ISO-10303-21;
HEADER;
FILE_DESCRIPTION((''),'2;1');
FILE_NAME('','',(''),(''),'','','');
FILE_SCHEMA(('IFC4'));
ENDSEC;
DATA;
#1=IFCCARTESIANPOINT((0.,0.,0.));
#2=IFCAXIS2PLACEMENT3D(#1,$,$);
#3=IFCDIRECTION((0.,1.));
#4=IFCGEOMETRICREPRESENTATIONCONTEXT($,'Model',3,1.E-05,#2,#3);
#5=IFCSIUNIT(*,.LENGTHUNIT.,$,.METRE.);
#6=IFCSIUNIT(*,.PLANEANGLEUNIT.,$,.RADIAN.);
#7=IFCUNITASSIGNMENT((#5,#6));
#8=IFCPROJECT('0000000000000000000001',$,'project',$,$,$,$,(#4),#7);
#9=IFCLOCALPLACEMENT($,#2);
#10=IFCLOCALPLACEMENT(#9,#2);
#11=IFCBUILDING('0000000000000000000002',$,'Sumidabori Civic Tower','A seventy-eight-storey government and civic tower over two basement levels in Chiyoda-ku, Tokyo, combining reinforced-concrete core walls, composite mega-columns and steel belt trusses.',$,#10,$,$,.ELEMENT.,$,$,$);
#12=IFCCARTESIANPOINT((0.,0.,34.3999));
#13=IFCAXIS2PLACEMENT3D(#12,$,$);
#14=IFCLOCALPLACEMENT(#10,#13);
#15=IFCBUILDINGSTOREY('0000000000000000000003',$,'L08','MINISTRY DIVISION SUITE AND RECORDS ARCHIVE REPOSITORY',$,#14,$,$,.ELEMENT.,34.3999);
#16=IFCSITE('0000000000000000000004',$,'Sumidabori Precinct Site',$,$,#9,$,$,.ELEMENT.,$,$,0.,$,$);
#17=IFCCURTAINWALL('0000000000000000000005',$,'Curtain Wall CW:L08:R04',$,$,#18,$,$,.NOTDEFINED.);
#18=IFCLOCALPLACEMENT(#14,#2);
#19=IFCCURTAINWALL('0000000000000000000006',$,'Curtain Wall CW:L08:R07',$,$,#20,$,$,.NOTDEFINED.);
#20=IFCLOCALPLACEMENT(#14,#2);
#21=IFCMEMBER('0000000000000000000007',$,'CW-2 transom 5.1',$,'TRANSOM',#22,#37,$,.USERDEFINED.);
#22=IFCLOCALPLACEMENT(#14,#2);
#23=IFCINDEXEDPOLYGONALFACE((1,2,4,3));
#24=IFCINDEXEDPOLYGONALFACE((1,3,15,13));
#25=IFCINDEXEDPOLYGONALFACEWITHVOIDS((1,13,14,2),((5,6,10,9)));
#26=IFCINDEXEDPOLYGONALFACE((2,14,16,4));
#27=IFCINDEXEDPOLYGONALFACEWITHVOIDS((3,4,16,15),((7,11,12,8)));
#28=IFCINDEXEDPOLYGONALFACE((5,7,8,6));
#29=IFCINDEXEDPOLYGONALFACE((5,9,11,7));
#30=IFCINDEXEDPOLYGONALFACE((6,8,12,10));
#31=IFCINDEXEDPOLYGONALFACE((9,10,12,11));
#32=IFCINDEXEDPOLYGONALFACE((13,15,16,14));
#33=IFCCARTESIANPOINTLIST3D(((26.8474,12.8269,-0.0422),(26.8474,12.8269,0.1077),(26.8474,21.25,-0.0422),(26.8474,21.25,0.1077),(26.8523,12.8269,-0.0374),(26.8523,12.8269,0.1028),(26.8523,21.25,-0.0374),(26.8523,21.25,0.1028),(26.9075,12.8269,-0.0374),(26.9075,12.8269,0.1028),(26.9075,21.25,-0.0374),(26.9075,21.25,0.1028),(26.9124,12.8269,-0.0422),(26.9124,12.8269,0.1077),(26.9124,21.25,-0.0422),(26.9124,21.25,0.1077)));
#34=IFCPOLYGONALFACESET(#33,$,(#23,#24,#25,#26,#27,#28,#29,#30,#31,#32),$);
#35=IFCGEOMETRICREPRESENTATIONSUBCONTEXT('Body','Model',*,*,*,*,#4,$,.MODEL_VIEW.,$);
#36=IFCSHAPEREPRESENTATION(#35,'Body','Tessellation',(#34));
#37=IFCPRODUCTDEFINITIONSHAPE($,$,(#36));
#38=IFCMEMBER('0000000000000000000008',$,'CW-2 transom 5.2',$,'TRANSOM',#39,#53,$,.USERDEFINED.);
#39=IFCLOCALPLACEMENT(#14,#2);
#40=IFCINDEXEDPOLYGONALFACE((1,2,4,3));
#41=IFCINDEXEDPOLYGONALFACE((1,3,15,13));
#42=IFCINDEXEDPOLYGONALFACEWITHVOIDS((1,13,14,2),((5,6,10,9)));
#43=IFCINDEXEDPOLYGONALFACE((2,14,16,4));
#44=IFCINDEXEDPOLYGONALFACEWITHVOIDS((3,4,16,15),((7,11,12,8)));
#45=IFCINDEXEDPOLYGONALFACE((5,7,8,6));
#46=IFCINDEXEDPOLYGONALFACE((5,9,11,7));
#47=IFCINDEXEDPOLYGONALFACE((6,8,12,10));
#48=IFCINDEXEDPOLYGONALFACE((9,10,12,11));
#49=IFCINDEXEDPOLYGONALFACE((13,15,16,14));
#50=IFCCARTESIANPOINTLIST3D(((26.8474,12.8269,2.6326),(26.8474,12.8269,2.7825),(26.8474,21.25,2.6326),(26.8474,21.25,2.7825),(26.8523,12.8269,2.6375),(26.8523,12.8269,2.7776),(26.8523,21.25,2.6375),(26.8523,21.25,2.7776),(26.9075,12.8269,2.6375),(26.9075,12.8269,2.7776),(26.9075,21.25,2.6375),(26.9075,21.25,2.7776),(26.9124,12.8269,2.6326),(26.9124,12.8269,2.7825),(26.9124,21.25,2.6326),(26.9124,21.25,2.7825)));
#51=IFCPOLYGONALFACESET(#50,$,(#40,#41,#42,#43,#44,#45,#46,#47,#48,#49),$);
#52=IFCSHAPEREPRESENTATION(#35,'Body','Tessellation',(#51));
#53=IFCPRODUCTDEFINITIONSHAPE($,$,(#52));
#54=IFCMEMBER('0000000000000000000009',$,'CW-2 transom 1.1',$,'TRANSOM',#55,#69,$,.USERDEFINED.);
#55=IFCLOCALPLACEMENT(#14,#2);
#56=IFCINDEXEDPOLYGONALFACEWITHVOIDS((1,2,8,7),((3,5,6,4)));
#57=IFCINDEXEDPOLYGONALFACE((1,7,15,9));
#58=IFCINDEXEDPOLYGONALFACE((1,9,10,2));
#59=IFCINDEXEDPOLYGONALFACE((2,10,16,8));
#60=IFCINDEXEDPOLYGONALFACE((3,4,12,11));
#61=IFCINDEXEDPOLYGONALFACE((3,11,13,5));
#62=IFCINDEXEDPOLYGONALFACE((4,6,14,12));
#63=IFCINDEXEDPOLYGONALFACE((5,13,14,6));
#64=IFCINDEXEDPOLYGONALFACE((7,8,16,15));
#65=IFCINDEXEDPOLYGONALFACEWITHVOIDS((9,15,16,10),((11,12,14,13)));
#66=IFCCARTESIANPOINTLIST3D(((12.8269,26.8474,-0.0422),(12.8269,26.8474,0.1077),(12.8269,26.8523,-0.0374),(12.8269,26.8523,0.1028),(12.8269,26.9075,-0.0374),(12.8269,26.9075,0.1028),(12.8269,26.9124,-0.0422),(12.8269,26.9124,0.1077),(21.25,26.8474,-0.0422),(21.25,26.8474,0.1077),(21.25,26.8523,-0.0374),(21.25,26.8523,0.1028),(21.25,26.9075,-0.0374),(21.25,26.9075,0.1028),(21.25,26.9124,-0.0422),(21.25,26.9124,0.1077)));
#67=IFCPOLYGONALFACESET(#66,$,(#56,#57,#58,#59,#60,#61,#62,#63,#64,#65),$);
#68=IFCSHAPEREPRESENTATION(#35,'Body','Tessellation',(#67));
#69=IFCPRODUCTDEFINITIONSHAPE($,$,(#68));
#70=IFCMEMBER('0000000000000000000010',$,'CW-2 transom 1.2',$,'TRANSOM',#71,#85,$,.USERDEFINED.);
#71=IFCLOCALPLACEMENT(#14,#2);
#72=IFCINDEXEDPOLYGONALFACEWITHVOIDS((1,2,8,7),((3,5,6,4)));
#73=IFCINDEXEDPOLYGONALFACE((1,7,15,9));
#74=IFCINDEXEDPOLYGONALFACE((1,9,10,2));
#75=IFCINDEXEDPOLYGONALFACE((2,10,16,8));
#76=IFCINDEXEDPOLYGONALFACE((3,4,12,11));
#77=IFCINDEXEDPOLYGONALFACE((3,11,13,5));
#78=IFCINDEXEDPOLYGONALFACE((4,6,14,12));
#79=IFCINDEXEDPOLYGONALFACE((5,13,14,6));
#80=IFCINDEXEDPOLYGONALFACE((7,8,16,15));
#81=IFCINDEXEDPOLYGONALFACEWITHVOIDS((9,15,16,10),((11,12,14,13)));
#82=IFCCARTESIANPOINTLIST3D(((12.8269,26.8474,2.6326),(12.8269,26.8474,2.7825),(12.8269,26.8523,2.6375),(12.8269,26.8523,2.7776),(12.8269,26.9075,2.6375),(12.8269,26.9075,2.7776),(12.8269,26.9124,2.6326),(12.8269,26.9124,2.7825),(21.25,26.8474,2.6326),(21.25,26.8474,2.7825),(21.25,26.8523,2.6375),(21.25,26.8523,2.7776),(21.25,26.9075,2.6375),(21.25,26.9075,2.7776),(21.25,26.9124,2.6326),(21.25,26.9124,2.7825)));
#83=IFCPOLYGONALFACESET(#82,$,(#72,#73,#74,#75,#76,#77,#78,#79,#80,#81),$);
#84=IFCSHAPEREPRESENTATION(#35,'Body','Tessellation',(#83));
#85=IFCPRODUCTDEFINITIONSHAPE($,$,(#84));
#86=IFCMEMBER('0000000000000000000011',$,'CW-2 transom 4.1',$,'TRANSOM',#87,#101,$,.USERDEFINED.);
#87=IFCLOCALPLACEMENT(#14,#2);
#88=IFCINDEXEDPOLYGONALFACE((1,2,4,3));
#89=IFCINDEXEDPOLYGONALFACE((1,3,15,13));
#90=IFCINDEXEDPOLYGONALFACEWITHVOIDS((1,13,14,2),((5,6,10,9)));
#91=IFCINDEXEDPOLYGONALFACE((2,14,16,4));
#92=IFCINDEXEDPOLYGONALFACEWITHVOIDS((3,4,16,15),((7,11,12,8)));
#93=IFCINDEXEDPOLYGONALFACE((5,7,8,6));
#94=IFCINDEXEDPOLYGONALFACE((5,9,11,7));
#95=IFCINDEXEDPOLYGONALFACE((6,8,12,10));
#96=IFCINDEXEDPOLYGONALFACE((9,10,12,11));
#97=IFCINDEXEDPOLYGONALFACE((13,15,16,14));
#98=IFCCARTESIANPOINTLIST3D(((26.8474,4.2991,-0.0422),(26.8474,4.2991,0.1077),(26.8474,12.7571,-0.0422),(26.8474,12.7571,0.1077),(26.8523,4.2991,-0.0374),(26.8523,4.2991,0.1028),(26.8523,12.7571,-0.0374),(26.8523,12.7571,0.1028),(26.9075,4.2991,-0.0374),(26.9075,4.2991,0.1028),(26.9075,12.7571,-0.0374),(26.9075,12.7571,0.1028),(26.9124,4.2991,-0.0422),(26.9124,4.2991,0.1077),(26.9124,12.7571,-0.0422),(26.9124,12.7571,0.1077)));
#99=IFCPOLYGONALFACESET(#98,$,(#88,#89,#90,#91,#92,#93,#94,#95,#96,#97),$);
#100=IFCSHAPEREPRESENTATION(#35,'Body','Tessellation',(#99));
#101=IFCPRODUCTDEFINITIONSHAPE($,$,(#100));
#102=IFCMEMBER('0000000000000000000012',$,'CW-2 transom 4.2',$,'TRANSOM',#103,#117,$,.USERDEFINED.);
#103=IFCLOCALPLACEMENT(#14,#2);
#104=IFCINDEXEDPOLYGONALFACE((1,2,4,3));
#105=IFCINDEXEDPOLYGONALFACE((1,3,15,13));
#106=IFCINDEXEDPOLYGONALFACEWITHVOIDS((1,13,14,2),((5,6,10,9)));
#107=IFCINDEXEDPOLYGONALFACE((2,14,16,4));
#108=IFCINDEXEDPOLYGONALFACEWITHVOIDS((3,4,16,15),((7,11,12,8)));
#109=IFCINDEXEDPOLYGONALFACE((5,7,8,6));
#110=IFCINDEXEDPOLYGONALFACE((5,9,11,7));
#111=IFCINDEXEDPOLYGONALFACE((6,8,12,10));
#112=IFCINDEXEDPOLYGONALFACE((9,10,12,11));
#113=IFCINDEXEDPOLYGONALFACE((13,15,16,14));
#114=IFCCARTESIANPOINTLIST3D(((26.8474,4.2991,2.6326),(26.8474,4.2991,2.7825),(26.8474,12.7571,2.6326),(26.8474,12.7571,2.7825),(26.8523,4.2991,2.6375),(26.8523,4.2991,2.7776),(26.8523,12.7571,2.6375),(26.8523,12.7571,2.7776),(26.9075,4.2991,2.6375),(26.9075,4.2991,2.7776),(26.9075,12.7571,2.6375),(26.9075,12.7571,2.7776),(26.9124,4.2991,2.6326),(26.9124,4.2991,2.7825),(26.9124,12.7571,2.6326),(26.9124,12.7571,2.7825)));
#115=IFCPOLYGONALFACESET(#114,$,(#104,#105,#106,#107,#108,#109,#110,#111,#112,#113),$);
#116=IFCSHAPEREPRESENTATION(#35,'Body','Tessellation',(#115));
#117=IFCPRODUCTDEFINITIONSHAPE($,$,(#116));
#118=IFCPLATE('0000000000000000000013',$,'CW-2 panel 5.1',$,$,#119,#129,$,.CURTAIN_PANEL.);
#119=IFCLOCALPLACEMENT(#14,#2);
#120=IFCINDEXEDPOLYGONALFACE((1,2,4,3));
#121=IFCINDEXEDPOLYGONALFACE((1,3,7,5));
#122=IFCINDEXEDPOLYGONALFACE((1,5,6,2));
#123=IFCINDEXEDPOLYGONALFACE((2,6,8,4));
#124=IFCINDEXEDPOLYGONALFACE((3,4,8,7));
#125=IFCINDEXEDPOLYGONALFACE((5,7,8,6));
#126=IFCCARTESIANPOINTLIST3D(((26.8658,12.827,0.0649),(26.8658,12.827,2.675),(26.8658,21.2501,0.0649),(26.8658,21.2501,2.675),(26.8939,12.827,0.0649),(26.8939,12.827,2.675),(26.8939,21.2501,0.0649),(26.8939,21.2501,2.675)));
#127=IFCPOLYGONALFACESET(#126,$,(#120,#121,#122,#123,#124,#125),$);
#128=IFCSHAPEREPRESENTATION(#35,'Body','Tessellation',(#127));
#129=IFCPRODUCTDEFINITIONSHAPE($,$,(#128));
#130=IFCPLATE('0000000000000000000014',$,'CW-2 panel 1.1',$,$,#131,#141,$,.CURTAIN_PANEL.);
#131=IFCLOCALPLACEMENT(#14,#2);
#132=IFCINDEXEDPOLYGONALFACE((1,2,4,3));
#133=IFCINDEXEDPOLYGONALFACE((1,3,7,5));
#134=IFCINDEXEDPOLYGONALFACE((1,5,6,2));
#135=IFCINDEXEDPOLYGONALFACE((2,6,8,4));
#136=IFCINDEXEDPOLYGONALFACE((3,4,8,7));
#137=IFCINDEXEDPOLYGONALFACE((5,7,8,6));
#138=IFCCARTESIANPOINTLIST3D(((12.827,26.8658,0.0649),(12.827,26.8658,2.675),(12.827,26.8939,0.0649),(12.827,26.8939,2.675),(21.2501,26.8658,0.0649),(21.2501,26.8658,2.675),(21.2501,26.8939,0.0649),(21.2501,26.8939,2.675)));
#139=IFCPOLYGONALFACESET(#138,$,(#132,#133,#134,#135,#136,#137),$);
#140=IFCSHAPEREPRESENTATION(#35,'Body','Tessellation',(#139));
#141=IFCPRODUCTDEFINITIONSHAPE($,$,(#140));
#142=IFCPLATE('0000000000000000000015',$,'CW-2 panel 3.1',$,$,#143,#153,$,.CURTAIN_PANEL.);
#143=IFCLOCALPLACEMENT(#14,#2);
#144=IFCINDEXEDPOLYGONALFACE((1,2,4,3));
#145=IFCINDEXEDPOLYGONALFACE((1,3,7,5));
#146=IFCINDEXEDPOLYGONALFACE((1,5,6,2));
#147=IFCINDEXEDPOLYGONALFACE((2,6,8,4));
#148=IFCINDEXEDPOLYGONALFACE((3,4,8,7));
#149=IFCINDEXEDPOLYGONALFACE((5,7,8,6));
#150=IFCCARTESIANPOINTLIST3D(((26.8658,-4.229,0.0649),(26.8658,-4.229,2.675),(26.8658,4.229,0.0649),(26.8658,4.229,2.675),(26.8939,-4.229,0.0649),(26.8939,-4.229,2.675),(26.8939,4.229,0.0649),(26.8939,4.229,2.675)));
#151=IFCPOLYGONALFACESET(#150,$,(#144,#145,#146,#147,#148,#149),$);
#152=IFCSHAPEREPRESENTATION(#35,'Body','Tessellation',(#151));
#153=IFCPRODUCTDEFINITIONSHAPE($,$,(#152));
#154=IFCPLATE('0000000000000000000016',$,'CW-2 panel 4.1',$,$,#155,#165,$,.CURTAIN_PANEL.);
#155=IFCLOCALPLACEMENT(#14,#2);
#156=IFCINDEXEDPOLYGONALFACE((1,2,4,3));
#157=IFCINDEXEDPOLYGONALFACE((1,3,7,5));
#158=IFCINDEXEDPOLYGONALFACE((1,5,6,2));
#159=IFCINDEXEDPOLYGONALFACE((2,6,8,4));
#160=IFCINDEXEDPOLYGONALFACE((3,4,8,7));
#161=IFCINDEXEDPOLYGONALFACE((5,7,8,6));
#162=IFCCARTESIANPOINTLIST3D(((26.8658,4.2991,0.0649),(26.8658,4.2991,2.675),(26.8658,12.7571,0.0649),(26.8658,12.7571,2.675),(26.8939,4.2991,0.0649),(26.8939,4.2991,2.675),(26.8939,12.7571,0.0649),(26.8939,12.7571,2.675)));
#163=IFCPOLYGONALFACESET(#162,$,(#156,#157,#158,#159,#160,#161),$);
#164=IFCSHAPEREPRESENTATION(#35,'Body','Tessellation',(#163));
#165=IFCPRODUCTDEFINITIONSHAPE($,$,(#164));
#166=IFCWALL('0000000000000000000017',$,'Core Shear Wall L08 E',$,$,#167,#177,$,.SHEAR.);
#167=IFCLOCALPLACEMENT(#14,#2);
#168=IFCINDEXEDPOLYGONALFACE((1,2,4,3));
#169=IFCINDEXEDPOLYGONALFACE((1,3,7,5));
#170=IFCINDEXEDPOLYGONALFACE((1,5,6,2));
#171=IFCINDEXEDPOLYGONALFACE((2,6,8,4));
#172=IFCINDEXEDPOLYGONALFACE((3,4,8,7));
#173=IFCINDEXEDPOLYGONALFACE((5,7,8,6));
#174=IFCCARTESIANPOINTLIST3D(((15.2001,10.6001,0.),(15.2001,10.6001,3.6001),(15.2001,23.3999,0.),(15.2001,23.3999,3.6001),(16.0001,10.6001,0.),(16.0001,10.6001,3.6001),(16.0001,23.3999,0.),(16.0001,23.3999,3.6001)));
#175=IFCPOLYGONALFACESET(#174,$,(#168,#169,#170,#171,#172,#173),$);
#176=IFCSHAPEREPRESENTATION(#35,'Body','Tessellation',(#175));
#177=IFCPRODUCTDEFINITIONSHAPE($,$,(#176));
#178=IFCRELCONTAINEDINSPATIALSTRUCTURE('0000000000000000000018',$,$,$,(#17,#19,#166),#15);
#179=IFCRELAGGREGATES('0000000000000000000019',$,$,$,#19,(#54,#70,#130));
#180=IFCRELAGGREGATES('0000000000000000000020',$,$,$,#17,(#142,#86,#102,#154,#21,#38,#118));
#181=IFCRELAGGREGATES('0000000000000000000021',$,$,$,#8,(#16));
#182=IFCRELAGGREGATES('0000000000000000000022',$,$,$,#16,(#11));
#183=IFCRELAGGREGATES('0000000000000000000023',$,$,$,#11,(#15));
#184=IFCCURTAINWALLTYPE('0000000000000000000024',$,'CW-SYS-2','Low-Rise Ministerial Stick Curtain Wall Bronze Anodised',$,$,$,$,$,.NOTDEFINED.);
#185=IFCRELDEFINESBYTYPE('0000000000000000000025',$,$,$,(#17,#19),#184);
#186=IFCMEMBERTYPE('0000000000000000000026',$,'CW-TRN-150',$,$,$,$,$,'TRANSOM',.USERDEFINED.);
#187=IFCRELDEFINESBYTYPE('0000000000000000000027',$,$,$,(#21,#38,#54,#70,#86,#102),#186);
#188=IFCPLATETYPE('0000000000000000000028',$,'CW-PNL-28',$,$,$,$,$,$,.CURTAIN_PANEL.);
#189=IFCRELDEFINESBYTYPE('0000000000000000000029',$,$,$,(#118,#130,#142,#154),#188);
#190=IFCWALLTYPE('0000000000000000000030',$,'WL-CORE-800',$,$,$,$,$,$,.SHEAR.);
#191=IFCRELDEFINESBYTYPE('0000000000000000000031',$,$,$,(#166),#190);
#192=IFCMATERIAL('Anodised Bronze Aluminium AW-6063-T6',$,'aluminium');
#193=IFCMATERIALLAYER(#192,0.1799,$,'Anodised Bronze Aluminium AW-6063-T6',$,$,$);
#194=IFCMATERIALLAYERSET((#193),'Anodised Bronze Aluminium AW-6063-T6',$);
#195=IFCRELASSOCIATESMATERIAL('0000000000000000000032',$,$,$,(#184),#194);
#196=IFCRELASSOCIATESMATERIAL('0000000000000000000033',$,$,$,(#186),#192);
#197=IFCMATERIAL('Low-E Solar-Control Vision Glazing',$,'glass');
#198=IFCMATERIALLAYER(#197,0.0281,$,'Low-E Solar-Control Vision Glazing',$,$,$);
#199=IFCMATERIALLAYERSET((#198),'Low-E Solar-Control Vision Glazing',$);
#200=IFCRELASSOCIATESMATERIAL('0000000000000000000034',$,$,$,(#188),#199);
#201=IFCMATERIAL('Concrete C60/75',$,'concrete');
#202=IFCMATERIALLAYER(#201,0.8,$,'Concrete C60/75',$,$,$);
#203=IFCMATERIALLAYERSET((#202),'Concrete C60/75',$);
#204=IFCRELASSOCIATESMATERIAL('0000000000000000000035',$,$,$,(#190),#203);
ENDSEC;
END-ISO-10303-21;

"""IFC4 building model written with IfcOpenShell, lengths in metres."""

from ifc_helpers import new_model, si_unit, direction, frame, frame_2d, origin, origin_2d, place, context, subcontext, project, spatial, rectangle, hollow_rectangle, extrude, source, transform, mapped, material, layer, layer_set, material_profile, profile_set, type_object, element, aggregate, save


model = new_model("IFC4")

# Units and contexts
model_context = context("Model", 3, precision=1e-05, world=origin(), true_north=direction((0.0, 1.0)))
body_context = subcontext(model_context, "Body", "Model", "MODEL_VIEW")
ifc_project = project(units=[si_unit("LENGTHUNIT", "METRE"), si_unit("PLANEANGLEUNIT", "RADIAN")], contexts=[model_context])

# Site, building, storey
site_placement = place(None, origin())
site = spatial("IfcSite", under=ifc_project, at=site_placement, Name="Sumidabori Precinct Site", CompositionType="ELEMENT", RefElevation=0.0)
building_placement = place(site_placement, origin())
building = spatial("IfcBuilding", under=site, at=building_placement, Name="Sumidabori Civic Tower", Description="A seventy-eight-storey government and civic tower over two basement levels in Chiyoda-ku, Tokyo, combining reinforced-concrete core walls, composite mega-columns and steel belt trusses.", CompositionType="ELEMENT")
storey_placement = place(building_placement, frame((0.0, 0.0, 34.3999)))
storey = spatial("IfcBuildingStorey", under=building, at=storey_placement, Name="L08", Description="MINISTRY DIVISION SUITE AND RECORDS ARCHIVE REPOSITORY", CompositionType="ELEMENT", Elevation=34.3999)

# Shared definitions
ifc_material_1 = material(Name="Concrete C60/75", Category="concrete")

# Curtain wall
ifc_material_2 = material(Name="Anodised Bronze Aluminium AW-6063-T6", Category="aluminium")
ifc_layer_1 = layer(ifc_material_2, 0.1799, Name="Anodised Bronze Aluminium AW-6063-T6")
ifc_layer_set_1 = layer_set([ifc_layer_1], Name="Anodised Bronze Aluminium AW-6063-T6")
curtain_wall_type = type_object("IfcCurtainWallType", Name="CW-SYS-2", Description="Low-Rise Ministerial Stick Curtain Wall Bronze Anodised", PredefinedType="NOTDEFINED", material=ifc_layer_set_1)
curtain_wall_1_placement = place(storey_placement, origin())
curtain_wall_1 = element("IfcCurtainWall", 1, at=curtain_wall_1_placement, inside=storey, type_object=curtain_wall_type, Name="Curtain Wall CW:L08:R04", PredefinedType="NOTDEFINED")

# Curtain wall
curtain_wall_2_placement = place(storey_placement, origin())
curtain_wall_2 = element("IfcCurtainWall", 2, at=curtain_wall_2_placement, inside=storey, type_object=curtain_wall_type, Name="Curtain Wall CW:L08:R07", PredefinedType="NOTDEFINED")

# Members
ifc_material_profile_1 = material_profile(ifc_material_2, hollow_rectangle(XDim=0.0649, YDim=0.1499, WallThickness=0.0049, at=origin_2d()), Name="ALU TRANSOM 150x65")
ifc_profile_set_1 = profile_set([ifc_material_profile_1], Name="Anodised Bronze Aluminium AW-6063-T6")
member_type_1 = type_object("IfcMemberType", Name="CW-TRN-150", ElementType="TRANSOM", PredefinedType="USERDEFINED", material=ifc_profile_set_1)
shared_shape_1 = source(origin(), body_context, "Body", "SweptSolid", [
    extrude(hollow_rectangle(XDim=0.0649, YDim=0.1499, WallThickness=0.0049, at=origin_2d()), origin(), (0.0, 0.0, 1.0), 8.4231),
])
member_1_placement = place(storey_placement, frame((26.8799, 12.8269, 0.0327), z_axis=(0.0, 1.0, 0.0), x_axis=(-1.0, 0.0, 0.0)))
member_1 = element("IfcMember", 3, at=member_1_placement, type_object=member_type_1, Name="CW-2 transom 5.1", ObjectType="TRANSOM", PredefinedType="USERDEFINED", context=body_context, shape_type="MappedRepresentation", body=[
    mapped(shared_shape_1, transform((0.0, 0.0, 0.0), x_axis=(1.0, 0.0, 0.0), y_axis=(0.0, 1.0, 0.0), z_axis=(0.0, 0.0, 1.0), scale=1.0)),
])
member_2_placement = place(storey_placement, frame((26.8799, 12.8269, 2.7075), z_axis=(0.0, 1.0, 0.0), x_axis=(-1.0, 0.0, 0.0)))
member_2 = element("IfcMember", 4, at=member_2_placement, type_object=member_type_1, Name="CW-2 transom 5.2", ObjectType="TRANSOM", PredefinedType="USERDEFINED", context=body_context, shape_type="MappedRepresentation", body=[
    mapped(shared_shape_1, transform((0.0, 0.0, 0.0), x_axis=(1.0, 0.0, 0.0), y_axis=(0.0, 1.0, 0.0), z_axis=(0.0, 0.0, 1.0), scale=1.0)),
])
member_3_placement = place(storey_placement, frame((21.25, 26.8799, 0.0327), z_axis=(-1.0, 0.0, 0.0), x_axis=(0.0, -1.0, 0.0)))
member_3 = element("IfcMember", 5, at=member_3_placement, type_object=member_type_1, Name="CW-2 transom 1.1", ObjectType="TRANSOM", PredefinedType="USERDEFINED", context=body_context, shape_type="MappedRepresentation", body=[
    mapped(shared_shape_1, transform((0.0, 0.0, 0.0), x_axis=(1.0, 0.0, 0.0), y_axis=(0.0, 1.0, 0.0), z_axis=(0.0, 0.0, 1.0), scale=1.0)),
])
member_4_placement = place(storey_placement, frame((21.25, 26.8799, 2.7075), z_axis=(-1.0, 0.0, 0.0), x_axis=(0.0, -1.0, 0.0)))
member_4 = element("IfcMember", 6, at=member_4_placement, type_object=member_type_1, Name="CW-2 transom 1.2", ObjectType="TRANSOM", PredefinedType="USERDEFINED", context=body_context, shape_type="MappedRepresentation", body=[
    mapped(shared_shape_1, transform((0.0, 0.0, 0.0), x_axis=(1.0, 0.0, 0.0), y_axis=(0.0, 1.0, 0.0), z_axis=(0.0, 0.0, 1.0), scale=1.0)),
])
shared_shape_2 = source(origin(), body_context, "Body", "SweptSolid", [
    extrude(hollow_rectangle(XDim=0.0649, YDim=0.1499, WallThickness=0.0049, at=origin_2d()), origin(), (0.0, 0.0, 1.0), 8.458),
])
member_5_placement = place(storey_placement, frame((26.8799, 4.2991, 0.0327), z_axis=(0.0, 1.0, 0.0), x_axis=(-1.0, 0.0, 0.0)))
member_5 = element("IfcMember", 7, at=member_5_placement, type_object=member_type_1, Name="CW-2 transom 4.1", ObjectType="TRANSOM", PredefinedType="USERDEFINED", context=body_context, shape_type="MappedRepresentation", body=[
    mapped(shared_shape_2, transform((0.0, 0.0, 0.0), x_axis=(1.0, 0.0, 0.0), y_axis=(0.0, 1.0, 0.0), z_axis=(0.0, 0.0, 1.0), scale=1.0)),
])
member_6_placement = place(storey_placement, frame((26.8799, 4.2991, 2.7075), z_axis=(0.0, 1.0, 0.0), x_axis=(-1.0, 0.0, 0.0)))
member_6 = element("IfcMember", 8, at=member_6_placement, type_object=member_type_1, Name="CW-2 transom 4.2", ObjectType="TRANSOM", PredefinedType="USERDEFINED", context=body_context, shape_type="MappedRepresentation", body=[
    mapped(shared_shape_2, transform((0.0, 0.0, 0.0), x_axis=(1.0, 0.0, 0.0), y_axis=(0.0, 1.0, 0.0), z_axis=(0.0, 0.0, 1.0), scale=1.0)),
])

# Plates
ifc_material_3 = material(Name="Low-E Solar-Control Vision Glazing", Category="glass")
ifc_layer_2 = layer(ifc_material_3, 0.0281, Name="Low-E Solar-Control Vision Glazing")
ifc_layer_set_2 = layer_set([ifc_layer_2], Name="Low-E Solar-Control Vision Glazing")
plate_type = type_object("IfcPlateType", Name="CW-PNL-28", PredefinedType="CURTAIN_PANEL", material=ifc_layer_set_2)
shared_shape_3 = source(origin(), body_context, "Body", "SweptSolid", [
    extrude(rectangle(XDim=8.4231, YDim=0.0281, at=origin_2d()), origin(), (0.0, 0.0, 1.0), 2.6101),
])
plate_1_placement = place(storey_placement, frame((26.8799, 17.0386, 0.0649), z_axis=(0.0, 0.0, 1.0), x_axis=(0.0, 1.0, 0.0)))
plate_1 = element("IfcPlate", 9, at=plate_1_placement, type_object=plate_type, Name="CW-2 panel 5.1", PredefinedType="CURTAIN_PANEL", context=body_context, shape_type="MappedRepresentation", body=[
    mapped(shared_shape_3, transform((0.0, 0.0, 0.0), x_axis=(1.0, 0.0, 0.0), y_axis=(0.0, 1.0, 0.0), z_axis=(0.0, 0.0, 1.0), scale=1.0)),
])
plate_2_placement = place(storey_placement, frame((17.0386, 26.8799, 0.0649), z_axis=(0.0, 0.0, 1.0), x_axis=(-1.0, 0.0, 0.0)))
plate_2 = element("IfcPlate", 10, at=plate_2_placement, type_object=plate_type, Name="CW-2 panel 1.1", PredefinedType="CURTAIN_PANEL", context=body_context, shape_type="MappedRepresentation", body=[
    mapped(shared_shape_3, transform((0.0, 0.0, 0.0), x_axis=(1.0, 0.0, 0.0), y_axis=(0.0, 1.0, 0.0), z_axis=(0.0, 0.0, 1.0), scale=1.0)),
])
aggregate(curtain_wall_2, [member_3, member_4, plate_2])
shared_shape_4 = source(origin(), body_context, "Body", "SweptSolid", [
    extrude(rectangle(XDim=8.458, YDim=0.0281, at=origin_2d()), origin(), (0.0, 0.0, 1.0), 2.6101),
])
plate_3_placement = place(storey_placement, frame((26.8799, 0.0, 0.0649), z_axis=(0.0, 0.0, 1.0), x_axis=(0.0, 1.0, 0.0)))
plate_3 = element("IfcPlate", 11, at=plate_3_placement, type_object=plate_type, Name="CW-2 panel 3.1", PredefinedType="CURTAIN_PANEL", context=body_context, shape_type="MappedRepresentation", body=[
    mapped(shared_shape_4, transform((0.0, 0.0, 0.0), x_axis=(1.0, 0.0, 0.0), y_axis=(0.0, 1.0, 0.0), z_axis=(0.0, 0.0, 1.0), scale=1.0)),
])
plate_4_placement = place(storey_placement, frame((26.8799, 8.5281, 0.0649), z_axis=(0.0, 0.0, 1.0), x_axis=(0.0, 1.0, 0.0)))
plate_4 = element("IfcPlate", 12, at=plate_4_placement, type_object=plate_type, Name="CW-2 panel 4.1", PredefinedType="CURTAIN_PANEL", context=body_context, shape_type="MappedRepresentation", body=[
    mapped(shared_shape_4, transform((0.0, 0.0, 0.0), x_axis=(1.0, 0.0, 0.0), y_axis=(0.0, 1.0, 0.0), z_axis=(0.0, 0.0, 1.0), scale=1.0)),
])
aggregate(curtain_wall_1, [plate_3, member_5, member_6, plate_4, member_1, member_2, plate_1])

# Wall
ifc_layer_3 = layer(ifc_material_1, 0.8, Name="Concrete C60/75")
ifc_layer_set_3 = layer_set([ifc_layer_3], Name="Concrete C60/75")
wall_type_1 = type_object("IfcWallType", Name="WL-CORE-800", PredefinedType="SHEAR", material=ifc_layer_set_3)
shared_shape_5 = source(origin(), body_context, "Body", "SweptSolid", [
    extrude(rectangle(XDim=12.7998, YDim=0.8, at=frame_2d((6.3999, 0.0))), origin(), (0.0, 0.0, 1.0), 3.6001),
])
wall_1_placement = place(storey_placement, frame((15.6001, 10.6001, 0.0), z_axis=(0.0, 0.0, 1.0), x_axis=(0.0, 1.0, 0.0)))
element("IfcWall", 13, at=wall_1_placement, inside=storey, type_object=wall_type_1, Name="Core Shear Wall L08 E", PredefinedType="SHEAR", context=body_context, shape_type="MappedRepresentation", body=[
    mapped(shared_shape_5, transform((0.0, 0.0, 0.0), x_axis=(1.0, 0.0, 0.0), y_axis=(0.0, 1.0, 0.0), z_axis=(0.0, 0.0, 1.0), scale=1.0)),
])

save(model, "model.ifc")
